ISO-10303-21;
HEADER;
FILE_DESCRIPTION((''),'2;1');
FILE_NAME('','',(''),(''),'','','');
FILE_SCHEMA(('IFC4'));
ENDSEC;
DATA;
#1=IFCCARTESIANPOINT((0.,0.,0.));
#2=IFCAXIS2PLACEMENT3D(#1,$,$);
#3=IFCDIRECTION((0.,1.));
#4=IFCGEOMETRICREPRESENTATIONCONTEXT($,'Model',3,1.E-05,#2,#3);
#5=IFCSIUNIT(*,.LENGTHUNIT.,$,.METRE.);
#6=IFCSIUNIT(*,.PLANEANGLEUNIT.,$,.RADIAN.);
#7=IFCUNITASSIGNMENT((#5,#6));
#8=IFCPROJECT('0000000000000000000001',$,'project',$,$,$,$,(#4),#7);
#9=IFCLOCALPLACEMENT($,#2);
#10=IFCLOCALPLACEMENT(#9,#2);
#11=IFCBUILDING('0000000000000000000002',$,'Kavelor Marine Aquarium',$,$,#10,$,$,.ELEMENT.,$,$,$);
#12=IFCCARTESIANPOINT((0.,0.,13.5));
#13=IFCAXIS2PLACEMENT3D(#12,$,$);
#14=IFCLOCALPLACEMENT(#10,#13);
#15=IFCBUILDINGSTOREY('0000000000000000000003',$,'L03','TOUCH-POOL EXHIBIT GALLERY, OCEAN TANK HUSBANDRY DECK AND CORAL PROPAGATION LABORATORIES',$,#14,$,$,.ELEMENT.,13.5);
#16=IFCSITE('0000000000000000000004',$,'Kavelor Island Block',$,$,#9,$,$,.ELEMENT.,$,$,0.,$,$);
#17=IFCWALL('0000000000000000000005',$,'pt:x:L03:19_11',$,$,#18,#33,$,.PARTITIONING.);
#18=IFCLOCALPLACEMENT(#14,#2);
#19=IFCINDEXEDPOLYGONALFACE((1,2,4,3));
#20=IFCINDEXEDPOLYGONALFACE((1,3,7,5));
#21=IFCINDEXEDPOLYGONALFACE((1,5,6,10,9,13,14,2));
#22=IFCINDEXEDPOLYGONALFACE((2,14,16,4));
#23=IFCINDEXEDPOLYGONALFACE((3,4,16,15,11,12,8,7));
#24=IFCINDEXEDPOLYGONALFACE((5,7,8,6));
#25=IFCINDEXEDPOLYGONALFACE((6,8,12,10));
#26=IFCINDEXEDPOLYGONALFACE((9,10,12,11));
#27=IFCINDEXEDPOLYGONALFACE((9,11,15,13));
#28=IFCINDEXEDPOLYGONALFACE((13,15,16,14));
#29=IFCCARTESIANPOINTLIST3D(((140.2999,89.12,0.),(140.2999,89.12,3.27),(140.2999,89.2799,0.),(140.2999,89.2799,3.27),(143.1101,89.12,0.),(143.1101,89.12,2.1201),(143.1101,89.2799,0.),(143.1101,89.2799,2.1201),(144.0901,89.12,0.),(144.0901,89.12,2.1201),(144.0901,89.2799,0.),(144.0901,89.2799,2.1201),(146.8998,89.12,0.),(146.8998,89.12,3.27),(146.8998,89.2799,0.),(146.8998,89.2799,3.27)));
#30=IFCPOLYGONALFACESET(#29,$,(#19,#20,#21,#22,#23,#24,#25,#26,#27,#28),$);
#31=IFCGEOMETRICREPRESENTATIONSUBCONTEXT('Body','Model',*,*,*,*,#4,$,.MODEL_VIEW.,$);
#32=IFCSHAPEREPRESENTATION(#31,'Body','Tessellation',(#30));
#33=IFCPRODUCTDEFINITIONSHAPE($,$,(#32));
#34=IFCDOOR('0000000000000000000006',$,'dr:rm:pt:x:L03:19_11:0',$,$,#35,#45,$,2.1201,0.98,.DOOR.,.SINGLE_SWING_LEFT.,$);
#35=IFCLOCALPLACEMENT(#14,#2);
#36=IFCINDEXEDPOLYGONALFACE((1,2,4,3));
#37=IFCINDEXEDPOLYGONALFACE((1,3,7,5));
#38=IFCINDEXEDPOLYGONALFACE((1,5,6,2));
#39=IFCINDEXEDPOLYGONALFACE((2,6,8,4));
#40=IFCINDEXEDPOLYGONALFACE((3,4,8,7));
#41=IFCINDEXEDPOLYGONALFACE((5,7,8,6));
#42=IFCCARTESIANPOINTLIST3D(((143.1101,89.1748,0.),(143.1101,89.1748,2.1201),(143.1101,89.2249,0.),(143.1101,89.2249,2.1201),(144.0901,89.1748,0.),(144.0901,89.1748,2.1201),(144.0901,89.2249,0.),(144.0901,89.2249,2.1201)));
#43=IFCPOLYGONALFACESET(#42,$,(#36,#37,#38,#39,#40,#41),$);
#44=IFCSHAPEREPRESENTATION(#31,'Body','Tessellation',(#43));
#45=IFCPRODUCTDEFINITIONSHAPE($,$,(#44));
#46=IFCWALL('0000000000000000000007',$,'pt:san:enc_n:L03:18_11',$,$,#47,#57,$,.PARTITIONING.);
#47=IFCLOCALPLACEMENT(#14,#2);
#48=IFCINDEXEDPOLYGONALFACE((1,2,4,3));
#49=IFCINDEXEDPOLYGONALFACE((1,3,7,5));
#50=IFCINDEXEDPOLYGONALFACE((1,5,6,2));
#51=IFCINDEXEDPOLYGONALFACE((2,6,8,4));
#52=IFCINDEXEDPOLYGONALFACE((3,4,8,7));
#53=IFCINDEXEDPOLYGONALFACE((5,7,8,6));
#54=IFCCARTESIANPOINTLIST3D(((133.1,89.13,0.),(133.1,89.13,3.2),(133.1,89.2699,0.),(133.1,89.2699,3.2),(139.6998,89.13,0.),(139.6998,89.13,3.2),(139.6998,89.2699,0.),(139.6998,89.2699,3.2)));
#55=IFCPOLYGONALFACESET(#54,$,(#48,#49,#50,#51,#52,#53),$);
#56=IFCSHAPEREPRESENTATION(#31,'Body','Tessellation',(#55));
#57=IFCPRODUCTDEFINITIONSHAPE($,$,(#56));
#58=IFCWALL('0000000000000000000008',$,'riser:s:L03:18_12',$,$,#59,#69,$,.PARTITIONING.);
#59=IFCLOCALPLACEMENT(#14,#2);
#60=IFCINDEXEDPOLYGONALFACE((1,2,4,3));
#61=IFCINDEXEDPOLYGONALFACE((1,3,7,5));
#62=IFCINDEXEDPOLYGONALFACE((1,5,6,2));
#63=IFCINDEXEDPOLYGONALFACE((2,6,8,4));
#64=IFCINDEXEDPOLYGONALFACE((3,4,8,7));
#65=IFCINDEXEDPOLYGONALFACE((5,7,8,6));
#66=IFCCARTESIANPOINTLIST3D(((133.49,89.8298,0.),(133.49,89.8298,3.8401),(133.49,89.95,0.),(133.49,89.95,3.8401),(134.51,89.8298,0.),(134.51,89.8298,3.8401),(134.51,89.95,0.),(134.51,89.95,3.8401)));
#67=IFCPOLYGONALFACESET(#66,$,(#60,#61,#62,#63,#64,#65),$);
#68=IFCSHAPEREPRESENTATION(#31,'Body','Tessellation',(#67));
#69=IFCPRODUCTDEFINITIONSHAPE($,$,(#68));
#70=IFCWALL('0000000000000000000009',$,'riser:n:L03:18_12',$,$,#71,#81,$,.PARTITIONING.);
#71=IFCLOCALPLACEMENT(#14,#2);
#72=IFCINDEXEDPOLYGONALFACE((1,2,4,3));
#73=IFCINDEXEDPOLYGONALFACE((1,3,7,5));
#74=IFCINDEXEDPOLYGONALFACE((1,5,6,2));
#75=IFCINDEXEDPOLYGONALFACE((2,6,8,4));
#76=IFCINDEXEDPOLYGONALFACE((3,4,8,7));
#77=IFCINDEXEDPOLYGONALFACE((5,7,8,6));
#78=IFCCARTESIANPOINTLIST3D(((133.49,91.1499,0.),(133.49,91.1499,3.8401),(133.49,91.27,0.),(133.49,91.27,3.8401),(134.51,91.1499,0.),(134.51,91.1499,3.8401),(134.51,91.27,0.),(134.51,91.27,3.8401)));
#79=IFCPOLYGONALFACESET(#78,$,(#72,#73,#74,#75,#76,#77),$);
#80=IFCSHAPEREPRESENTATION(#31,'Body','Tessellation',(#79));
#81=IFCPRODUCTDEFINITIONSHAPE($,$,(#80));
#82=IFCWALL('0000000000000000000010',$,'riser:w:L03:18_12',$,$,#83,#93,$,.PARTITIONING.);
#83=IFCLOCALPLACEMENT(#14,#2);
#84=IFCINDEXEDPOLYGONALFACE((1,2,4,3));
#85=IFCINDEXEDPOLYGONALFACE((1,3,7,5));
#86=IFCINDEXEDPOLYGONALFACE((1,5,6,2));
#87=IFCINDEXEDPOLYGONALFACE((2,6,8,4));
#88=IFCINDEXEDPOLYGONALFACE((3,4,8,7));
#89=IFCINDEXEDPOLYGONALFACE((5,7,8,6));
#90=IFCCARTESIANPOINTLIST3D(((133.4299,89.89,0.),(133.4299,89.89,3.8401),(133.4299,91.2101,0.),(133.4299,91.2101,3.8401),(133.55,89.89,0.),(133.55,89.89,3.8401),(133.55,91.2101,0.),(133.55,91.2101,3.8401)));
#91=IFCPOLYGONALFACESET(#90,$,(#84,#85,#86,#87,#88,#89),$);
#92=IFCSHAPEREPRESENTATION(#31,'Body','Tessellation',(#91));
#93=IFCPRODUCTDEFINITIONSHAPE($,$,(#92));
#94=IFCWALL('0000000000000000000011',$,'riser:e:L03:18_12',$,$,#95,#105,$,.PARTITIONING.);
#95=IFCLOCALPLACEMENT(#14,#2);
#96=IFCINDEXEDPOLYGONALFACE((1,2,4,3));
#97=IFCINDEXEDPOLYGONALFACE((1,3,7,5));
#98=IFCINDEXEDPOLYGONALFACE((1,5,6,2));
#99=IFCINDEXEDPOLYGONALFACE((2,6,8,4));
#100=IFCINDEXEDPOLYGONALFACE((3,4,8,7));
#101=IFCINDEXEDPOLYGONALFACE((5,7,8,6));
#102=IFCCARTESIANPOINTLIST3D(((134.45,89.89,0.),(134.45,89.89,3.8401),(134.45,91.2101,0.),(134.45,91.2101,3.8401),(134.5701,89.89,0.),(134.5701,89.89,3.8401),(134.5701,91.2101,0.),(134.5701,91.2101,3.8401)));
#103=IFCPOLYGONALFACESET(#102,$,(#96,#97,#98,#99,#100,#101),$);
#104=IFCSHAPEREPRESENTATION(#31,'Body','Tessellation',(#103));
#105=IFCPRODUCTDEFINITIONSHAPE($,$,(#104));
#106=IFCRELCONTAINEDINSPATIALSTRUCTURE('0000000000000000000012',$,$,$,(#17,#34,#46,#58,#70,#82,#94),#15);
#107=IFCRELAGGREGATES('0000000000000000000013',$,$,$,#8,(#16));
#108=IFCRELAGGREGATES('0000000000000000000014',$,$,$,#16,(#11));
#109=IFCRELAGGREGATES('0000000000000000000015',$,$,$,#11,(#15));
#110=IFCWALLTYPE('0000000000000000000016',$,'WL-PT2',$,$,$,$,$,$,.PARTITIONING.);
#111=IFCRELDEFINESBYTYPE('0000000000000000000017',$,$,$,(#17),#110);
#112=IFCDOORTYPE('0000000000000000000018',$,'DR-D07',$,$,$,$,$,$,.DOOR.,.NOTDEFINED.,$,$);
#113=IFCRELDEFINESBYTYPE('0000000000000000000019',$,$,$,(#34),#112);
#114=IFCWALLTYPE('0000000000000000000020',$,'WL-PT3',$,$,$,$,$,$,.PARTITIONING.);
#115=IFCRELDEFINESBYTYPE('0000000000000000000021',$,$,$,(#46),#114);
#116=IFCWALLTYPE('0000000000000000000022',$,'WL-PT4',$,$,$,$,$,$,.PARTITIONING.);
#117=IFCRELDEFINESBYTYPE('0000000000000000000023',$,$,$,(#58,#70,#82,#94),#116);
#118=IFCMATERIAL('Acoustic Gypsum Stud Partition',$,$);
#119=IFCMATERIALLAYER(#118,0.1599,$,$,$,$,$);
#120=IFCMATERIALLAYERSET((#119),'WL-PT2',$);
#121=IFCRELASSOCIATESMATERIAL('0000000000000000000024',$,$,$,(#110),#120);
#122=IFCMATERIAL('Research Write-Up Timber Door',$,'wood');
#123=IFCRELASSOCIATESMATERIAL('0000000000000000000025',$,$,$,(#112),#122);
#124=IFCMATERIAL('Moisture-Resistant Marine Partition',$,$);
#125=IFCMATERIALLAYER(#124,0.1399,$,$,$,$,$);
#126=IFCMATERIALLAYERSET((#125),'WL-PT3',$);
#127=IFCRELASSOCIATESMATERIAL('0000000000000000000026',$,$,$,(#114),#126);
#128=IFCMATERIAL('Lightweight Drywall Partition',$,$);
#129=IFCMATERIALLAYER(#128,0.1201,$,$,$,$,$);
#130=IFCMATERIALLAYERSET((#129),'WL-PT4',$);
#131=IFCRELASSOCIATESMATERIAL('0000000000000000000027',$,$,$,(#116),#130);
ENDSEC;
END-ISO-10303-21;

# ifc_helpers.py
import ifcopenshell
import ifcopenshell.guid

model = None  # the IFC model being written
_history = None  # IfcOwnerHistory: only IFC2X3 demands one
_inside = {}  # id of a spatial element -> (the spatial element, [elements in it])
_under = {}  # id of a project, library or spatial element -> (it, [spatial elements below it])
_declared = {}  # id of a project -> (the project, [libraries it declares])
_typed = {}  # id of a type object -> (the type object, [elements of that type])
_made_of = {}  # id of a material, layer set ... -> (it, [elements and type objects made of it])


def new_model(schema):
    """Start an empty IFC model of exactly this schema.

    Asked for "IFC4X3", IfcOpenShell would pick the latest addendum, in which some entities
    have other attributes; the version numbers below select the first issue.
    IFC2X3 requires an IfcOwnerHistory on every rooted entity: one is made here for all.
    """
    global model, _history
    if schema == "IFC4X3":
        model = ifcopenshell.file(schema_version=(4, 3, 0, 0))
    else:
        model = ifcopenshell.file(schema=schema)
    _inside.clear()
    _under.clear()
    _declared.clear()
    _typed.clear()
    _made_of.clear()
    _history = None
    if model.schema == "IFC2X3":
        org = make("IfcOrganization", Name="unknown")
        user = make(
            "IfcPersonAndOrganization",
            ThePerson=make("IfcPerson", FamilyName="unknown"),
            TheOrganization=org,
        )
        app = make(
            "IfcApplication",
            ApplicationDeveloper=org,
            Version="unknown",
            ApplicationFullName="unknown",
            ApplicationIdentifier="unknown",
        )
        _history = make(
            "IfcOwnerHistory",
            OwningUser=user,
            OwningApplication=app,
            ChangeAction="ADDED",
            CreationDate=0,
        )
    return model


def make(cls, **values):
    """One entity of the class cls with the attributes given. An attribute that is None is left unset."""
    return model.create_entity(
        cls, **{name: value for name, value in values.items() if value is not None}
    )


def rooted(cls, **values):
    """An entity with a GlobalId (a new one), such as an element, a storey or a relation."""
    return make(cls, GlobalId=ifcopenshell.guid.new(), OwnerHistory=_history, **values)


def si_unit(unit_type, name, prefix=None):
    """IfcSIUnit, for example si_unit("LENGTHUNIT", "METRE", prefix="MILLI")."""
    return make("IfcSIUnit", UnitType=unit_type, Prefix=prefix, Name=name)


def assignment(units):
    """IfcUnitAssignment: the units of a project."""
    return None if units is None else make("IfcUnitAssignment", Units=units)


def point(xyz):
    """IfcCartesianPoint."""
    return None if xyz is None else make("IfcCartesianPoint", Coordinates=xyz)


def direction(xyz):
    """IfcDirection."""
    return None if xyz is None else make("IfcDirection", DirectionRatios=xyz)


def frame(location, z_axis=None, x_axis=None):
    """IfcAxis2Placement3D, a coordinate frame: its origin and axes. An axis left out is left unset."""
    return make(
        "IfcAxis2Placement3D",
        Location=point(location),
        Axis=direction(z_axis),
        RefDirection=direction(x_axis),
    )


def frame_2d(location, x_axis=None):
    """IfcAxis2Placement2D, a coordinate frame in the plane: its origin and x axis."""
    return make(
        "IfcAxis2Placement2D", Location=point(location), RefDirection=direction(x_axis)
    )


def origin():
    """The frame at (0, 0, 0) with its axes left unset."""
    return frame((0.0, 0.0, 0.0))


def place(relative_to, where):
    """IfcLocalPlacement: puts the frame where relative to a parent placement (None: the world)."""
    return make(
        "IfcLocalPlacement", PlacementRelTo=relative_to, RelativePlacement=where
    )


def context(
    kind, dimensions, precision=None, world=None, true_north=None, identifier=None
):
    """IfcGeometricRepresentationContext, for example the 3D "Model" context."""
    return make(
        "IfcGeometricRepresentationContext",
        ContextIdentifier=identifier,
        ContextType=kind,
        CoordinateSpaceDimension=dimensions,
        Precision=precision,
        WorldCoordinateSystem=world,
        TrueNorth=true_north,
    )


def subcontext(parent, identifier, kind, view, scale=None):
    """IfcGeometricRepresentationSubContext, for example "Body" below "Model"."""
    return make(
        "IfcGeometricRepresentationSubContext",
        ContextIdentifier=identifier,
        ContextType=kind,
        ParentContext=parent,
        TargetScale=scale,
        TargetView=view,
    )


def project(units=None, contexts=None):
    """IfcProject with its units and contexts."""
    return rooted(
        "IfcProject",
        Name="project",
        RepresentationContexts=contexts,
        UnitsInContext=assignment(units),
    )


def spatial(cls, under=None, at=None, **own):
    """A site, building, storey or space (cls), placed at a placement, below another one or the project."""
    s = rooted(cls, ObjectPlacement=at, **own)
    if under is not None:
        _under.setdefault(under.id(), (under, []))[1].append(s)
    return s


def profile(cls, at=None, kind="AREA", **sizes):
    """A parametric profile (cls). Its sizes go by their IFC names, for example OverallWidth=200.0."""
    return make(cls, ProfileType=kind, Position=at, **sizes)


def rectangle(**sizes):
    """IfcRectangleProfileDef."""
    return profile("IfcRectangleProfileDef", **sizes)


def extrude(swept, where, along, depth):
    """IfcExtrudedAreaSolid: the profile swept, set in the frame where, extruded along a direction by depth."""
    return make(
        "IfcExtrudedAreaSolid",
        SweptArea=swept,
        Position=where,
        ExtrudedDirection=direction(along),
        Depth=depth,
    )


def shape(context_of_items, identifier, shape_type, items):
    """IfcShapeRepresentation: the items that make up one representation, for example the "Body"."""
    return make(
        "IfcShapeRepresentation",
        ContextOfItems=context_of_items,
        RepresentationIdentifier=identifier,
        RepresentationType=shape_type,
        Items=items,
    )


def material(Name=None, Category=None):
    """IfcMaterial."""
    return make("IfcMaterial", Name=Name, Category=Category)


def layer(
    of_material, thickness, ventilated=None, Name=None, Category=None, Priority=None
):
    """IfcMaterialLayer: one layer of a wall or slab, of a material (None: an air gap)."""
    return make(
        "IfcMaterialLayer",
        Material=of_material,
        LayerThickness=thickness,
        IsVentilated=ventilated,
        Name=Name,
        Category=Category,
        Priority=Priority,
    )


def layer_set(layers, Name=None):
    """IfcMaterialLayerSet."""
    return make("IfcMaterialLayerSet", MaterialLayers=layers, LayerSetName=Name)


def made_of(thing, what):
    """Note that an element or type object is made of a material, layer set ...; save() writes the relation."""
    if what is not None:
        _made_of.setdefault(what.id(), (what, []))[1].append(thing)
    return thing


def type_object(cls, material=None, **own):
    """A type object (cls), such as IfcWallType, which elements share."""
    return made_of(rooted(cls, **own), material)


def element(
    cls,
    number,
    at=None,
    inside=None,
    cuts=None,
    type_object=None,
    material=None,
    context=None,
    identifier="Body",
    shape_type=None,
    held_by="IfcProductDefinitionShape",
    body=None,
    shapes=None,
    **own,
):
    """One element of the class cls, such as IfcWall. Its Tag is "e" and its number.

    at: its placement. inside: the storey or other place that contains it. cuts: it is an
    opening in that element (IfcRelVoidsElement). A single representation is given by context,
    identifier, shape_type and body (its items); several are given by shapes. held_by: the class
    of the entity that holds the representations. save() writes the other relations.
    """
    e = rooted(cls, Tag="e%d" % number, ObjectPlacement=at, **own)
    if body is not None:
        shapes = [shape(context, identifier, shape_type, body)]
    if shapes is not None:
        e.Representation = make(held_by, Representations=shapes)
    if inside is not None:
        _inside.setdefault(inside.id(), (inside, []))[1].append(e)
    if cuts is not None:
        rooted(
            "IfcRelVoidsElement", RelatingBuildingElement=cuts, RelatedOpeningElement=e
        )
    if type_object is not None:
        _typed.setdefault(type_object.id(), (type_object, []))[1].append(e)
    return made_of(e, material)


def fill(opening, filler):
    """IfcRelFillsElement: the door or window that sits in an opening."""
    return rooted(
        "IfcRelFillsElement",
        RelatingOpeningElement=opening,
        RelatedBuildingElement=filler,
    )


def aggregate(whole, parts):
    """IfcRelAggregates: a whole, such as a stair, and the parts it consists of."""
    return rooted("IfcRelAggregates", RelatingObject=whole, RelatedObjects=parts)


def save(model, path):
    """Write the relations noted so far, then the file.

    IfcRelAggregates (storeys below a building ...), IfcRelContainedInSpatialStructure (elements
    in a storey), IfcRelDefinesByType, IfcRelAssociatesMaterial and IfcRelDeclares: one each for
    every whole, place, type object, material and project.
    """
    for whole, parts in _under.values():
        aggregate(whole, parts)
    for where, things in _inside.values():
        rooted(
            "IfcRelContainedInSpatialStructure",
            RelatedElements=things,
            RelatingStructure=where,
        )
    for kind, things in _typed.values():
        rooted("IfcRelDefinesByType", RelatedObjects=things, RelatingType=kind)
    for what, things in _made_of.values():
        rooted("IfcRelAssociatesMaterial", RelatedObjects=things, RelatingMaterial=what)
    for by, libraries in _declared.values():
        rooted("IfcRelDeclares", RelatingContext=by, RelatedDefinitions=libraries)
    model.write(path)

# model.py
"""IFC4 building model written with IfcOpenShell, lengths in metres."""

from ifc_helpers import new_model, si_unit, direction, frame, frame_2d, origin, place, context, subcontext, project, spatial, rectangle, extrude, material, layer, layer_set, type_object, element, fill, save


model = new_model("IFC4")

# Units and contexts
model_context = context("Model", 3, precision=1e-05, world=origin(), true_north=direction((0.0, 1.0)))
body_context = subcontext(model_context, "Body", "Model", "MODEL_VIEW")
ifc_project = project(units=[si_unit("LENGTHUNIT", "METRE"), si_unit("PLANEANGLEUNIT", "RADIAN")], contexts=[model_context])

# Site, building, storey
site_placement = place(None, origin())
site = spatial("IfcSite", under=ifc_project, at=site_placement, Name="Kavelor Island Block", CompositionType="ELEMENT", RefElevation=0.0)
building_placement = place(site_placement, origin())
building = spatial("IfcBuilding", under=site, at=building_placement, Name="Kavelor Marine Aquarium", CompositionType="ELEMENT")
storey_placement = place(building_placement, frame((0.0, 0.0, 13.5)))
storey = spatial("IfcBuildingStorey", under=building, at=storey_placement, Name="L03", Description="TOUCH-POOL EXHIBIT GALLERY, OCEAN TANK HUSBANDRY DECK AND CORAL PROPAGATION LABORATORIES", CompositionType="ELEMENT", Elevation=13.5)

# Shared definitions
ifc_material_1 = material(Name="Acoustic Gypsum Stud Partition")
ifc_layer_1 = layer(ifc_material_1, 0.1599)
ifc_layer_set_1 = layer_set([ifc_layer_1], Name="WL-PT2")
wall_type_1 = type_object("IfcWallType", Name="WL-PT2", PredefinedType="PARTITIONING", material=ifc_layer_set_1)

# Wall, opening, door
wall_1_placement = place(storey_placement, frame((140.3, 89.2, 0.0), z_axis=(0.0, 0.0, 1.0), x_axis=(1.0, 0.0, 0.0)))
wall_1 = element("IfcWall", 1, at=wall_1_placement, inside=storey, type_object=wall_type_1, Name="pt:x:L03:19_11", PredefinedType="PARTITIONING", context=body_context, shape_type="SweptSolid", body=[
    extrude(rectangle(XDim=6.5999, YDim=0.1599, at=frame_2d((3.2998, 0.0))), origin(), (0.0, 0.0, 1.0), 3.27),
])
opening_1_placement = place(wall_1_placement, frame((2.8101, 0.0, 0.0)))
opening_1 = element("IfcOpeningElement", 2, at=opening_1_placement, cuts=wall_1, PredefinedType="OPENING", context=body_context, shape_type="SweptSolid", body=[
    extrude(rectangle(XDim=0.98, YDim=2.1201, at=frame_2d((0.49, 1.0601))), frame((0.0, 0.0898, 0.0), z_axis=(0.0, -1.0, 0.0), x_axis=(1.0, 0.0, 0.0)), (0.0, 0.0, 1.0), 0.1799),
])
ifc_material_2 = material(Name="Research Write-Up Timber Door", Category="wood")
door_type_1 = type_object("IfcDoorType", Name="DR-D07", OperationType="NOTDEFINED", PredefinedType="DOOR", material=ifc_material_2)
door_1_placement = place(opening_1_placement, origin())
door_1 = element("IfcDoor", 3, at=door_1_placement, inside=storey, type_object=door_type_1, Name="dr:rm:pt:x:L03:19_11:0", OperationType="SINGLE_SWING_LEFT", OverallHeight=2.1201, OverallWidth=0.98, PredefinedType="DOOR", context=body_context, shape_type="SweptSolid", body=[
    extrude(rectangle(XDim=0.98, YDim=2.1201, at=frame_2d((0.49, 1.0601))), frame((0.0, 0.0249, 0.0), z_axis=(0.0, -1.0, 0.0), x_axis=(1.0, 0.0, 0.0)), (0.0, 0.0, 1.0), 0.05),
])
fill(opening_1, door_1)

# Walls
ifc_material_3 = material(Name="Moisture-Resistant Marine Partition")
ifc_layer_2 = layer(ifc_material_3, 0.1399)
ifc_layer_set_2 = layer_set([ifc_layer_2], Name="WL-PT3")
wall_type_2 = type_object("IfcWallType", Name="WL-PT3", PredefinedType="PARTITIONING", material=ifc_layer_set_2)
wall_2_placement = place(storey_placement, frame((133.1001, 89.2, 0.0), z_axis=(0.0, 0.0, 1.0), x_axis=(1.0, 0.0, 0.0)))
element("IfcWall", 4, at=wall_2_placement, inside=storey, type_object=wall_type_2, Name="pt:san:enc_n:L03:18_11", PredefinedType="PARTITIONING", context=body_context, shape_type="SweptSolid", body=[
    extrude(rectangle(XDim=6.5999, YDim=0.1399, at=frame_2d((3.2998, 0.0))), origin(), (0.0, 0.0, 1.0), 3.2),
])
ifc_material_4 = material(Name="Lightweight Drywall Partition")
ifc_layer_3 = layer(ifc_material_4, 0.1201)
ifc_layer_set_3 = layer_set([ifc_layer_3], Name="WL-PT4")
wall_type_3 = type_object("IfcWallType", Name="WL-PT4", PredefinedType="PARTITIONING", material=ifc_layer_set_3)
for number, where, z_axis, x_axis, name in (
    (5, (133.49, 89.8899, 0.0), (0.0, 0.0, 1.0), (1.0, 0.0, 0.0), "riser:s:L03:18_12"),
    (6, (133.49, 91.21, 0.0), (0.0, 0.0, 1.0), (1.0, 0.0, 0.0), "riser:n:L03:18_12"),
):
    element("IfcWall", number, at=place(storey_placement, frame(where, z_axis=z_axis, x_axis=x_axis)), inside=storey, type_object=wall_type_3, Name=name, PredefinedType="PARTITIONING", context=body_context, shape_type="SweptSolid", body=[
        extrude(rectangle(XDim=1.02, YDim=0.1201, at=frame_2d((0.51, 0.0))), origin(), (0.0, 0.0, 1.0), 3.8401),
    ])
for number, where, z_axis, x_axis, name in (
    (7, (133.49, 89.8899, 0.0), (0.0, 0.0, 1.0), (0.0, 1.0, 0.0), "riser:w:L03:18_12"),
    (8, (134.51, 89.8899, 0.0), (0.0, 0.0, 1.0), (0.0, 1.0, 0.0), "riser:e:L03:18_12"),
):
    element("IfcWall", number, at=place(storey_placement, frame(where, z_axis=z_axis, x_axis=x_axis)), inside=storey, type_object=wall_type_3, Name=name, PredefinedType="PARTITIONING", context=body_context, shape_type="SweptSolid", body=[
        extrude(rectangle(XDim=1.3201, YDim=0.1201, at=frame_2d((0.6602, 0.0))), origin(), (0.0, 0.0, 1.0), 3.8401),
    ])

save(model, "model.ifc")
